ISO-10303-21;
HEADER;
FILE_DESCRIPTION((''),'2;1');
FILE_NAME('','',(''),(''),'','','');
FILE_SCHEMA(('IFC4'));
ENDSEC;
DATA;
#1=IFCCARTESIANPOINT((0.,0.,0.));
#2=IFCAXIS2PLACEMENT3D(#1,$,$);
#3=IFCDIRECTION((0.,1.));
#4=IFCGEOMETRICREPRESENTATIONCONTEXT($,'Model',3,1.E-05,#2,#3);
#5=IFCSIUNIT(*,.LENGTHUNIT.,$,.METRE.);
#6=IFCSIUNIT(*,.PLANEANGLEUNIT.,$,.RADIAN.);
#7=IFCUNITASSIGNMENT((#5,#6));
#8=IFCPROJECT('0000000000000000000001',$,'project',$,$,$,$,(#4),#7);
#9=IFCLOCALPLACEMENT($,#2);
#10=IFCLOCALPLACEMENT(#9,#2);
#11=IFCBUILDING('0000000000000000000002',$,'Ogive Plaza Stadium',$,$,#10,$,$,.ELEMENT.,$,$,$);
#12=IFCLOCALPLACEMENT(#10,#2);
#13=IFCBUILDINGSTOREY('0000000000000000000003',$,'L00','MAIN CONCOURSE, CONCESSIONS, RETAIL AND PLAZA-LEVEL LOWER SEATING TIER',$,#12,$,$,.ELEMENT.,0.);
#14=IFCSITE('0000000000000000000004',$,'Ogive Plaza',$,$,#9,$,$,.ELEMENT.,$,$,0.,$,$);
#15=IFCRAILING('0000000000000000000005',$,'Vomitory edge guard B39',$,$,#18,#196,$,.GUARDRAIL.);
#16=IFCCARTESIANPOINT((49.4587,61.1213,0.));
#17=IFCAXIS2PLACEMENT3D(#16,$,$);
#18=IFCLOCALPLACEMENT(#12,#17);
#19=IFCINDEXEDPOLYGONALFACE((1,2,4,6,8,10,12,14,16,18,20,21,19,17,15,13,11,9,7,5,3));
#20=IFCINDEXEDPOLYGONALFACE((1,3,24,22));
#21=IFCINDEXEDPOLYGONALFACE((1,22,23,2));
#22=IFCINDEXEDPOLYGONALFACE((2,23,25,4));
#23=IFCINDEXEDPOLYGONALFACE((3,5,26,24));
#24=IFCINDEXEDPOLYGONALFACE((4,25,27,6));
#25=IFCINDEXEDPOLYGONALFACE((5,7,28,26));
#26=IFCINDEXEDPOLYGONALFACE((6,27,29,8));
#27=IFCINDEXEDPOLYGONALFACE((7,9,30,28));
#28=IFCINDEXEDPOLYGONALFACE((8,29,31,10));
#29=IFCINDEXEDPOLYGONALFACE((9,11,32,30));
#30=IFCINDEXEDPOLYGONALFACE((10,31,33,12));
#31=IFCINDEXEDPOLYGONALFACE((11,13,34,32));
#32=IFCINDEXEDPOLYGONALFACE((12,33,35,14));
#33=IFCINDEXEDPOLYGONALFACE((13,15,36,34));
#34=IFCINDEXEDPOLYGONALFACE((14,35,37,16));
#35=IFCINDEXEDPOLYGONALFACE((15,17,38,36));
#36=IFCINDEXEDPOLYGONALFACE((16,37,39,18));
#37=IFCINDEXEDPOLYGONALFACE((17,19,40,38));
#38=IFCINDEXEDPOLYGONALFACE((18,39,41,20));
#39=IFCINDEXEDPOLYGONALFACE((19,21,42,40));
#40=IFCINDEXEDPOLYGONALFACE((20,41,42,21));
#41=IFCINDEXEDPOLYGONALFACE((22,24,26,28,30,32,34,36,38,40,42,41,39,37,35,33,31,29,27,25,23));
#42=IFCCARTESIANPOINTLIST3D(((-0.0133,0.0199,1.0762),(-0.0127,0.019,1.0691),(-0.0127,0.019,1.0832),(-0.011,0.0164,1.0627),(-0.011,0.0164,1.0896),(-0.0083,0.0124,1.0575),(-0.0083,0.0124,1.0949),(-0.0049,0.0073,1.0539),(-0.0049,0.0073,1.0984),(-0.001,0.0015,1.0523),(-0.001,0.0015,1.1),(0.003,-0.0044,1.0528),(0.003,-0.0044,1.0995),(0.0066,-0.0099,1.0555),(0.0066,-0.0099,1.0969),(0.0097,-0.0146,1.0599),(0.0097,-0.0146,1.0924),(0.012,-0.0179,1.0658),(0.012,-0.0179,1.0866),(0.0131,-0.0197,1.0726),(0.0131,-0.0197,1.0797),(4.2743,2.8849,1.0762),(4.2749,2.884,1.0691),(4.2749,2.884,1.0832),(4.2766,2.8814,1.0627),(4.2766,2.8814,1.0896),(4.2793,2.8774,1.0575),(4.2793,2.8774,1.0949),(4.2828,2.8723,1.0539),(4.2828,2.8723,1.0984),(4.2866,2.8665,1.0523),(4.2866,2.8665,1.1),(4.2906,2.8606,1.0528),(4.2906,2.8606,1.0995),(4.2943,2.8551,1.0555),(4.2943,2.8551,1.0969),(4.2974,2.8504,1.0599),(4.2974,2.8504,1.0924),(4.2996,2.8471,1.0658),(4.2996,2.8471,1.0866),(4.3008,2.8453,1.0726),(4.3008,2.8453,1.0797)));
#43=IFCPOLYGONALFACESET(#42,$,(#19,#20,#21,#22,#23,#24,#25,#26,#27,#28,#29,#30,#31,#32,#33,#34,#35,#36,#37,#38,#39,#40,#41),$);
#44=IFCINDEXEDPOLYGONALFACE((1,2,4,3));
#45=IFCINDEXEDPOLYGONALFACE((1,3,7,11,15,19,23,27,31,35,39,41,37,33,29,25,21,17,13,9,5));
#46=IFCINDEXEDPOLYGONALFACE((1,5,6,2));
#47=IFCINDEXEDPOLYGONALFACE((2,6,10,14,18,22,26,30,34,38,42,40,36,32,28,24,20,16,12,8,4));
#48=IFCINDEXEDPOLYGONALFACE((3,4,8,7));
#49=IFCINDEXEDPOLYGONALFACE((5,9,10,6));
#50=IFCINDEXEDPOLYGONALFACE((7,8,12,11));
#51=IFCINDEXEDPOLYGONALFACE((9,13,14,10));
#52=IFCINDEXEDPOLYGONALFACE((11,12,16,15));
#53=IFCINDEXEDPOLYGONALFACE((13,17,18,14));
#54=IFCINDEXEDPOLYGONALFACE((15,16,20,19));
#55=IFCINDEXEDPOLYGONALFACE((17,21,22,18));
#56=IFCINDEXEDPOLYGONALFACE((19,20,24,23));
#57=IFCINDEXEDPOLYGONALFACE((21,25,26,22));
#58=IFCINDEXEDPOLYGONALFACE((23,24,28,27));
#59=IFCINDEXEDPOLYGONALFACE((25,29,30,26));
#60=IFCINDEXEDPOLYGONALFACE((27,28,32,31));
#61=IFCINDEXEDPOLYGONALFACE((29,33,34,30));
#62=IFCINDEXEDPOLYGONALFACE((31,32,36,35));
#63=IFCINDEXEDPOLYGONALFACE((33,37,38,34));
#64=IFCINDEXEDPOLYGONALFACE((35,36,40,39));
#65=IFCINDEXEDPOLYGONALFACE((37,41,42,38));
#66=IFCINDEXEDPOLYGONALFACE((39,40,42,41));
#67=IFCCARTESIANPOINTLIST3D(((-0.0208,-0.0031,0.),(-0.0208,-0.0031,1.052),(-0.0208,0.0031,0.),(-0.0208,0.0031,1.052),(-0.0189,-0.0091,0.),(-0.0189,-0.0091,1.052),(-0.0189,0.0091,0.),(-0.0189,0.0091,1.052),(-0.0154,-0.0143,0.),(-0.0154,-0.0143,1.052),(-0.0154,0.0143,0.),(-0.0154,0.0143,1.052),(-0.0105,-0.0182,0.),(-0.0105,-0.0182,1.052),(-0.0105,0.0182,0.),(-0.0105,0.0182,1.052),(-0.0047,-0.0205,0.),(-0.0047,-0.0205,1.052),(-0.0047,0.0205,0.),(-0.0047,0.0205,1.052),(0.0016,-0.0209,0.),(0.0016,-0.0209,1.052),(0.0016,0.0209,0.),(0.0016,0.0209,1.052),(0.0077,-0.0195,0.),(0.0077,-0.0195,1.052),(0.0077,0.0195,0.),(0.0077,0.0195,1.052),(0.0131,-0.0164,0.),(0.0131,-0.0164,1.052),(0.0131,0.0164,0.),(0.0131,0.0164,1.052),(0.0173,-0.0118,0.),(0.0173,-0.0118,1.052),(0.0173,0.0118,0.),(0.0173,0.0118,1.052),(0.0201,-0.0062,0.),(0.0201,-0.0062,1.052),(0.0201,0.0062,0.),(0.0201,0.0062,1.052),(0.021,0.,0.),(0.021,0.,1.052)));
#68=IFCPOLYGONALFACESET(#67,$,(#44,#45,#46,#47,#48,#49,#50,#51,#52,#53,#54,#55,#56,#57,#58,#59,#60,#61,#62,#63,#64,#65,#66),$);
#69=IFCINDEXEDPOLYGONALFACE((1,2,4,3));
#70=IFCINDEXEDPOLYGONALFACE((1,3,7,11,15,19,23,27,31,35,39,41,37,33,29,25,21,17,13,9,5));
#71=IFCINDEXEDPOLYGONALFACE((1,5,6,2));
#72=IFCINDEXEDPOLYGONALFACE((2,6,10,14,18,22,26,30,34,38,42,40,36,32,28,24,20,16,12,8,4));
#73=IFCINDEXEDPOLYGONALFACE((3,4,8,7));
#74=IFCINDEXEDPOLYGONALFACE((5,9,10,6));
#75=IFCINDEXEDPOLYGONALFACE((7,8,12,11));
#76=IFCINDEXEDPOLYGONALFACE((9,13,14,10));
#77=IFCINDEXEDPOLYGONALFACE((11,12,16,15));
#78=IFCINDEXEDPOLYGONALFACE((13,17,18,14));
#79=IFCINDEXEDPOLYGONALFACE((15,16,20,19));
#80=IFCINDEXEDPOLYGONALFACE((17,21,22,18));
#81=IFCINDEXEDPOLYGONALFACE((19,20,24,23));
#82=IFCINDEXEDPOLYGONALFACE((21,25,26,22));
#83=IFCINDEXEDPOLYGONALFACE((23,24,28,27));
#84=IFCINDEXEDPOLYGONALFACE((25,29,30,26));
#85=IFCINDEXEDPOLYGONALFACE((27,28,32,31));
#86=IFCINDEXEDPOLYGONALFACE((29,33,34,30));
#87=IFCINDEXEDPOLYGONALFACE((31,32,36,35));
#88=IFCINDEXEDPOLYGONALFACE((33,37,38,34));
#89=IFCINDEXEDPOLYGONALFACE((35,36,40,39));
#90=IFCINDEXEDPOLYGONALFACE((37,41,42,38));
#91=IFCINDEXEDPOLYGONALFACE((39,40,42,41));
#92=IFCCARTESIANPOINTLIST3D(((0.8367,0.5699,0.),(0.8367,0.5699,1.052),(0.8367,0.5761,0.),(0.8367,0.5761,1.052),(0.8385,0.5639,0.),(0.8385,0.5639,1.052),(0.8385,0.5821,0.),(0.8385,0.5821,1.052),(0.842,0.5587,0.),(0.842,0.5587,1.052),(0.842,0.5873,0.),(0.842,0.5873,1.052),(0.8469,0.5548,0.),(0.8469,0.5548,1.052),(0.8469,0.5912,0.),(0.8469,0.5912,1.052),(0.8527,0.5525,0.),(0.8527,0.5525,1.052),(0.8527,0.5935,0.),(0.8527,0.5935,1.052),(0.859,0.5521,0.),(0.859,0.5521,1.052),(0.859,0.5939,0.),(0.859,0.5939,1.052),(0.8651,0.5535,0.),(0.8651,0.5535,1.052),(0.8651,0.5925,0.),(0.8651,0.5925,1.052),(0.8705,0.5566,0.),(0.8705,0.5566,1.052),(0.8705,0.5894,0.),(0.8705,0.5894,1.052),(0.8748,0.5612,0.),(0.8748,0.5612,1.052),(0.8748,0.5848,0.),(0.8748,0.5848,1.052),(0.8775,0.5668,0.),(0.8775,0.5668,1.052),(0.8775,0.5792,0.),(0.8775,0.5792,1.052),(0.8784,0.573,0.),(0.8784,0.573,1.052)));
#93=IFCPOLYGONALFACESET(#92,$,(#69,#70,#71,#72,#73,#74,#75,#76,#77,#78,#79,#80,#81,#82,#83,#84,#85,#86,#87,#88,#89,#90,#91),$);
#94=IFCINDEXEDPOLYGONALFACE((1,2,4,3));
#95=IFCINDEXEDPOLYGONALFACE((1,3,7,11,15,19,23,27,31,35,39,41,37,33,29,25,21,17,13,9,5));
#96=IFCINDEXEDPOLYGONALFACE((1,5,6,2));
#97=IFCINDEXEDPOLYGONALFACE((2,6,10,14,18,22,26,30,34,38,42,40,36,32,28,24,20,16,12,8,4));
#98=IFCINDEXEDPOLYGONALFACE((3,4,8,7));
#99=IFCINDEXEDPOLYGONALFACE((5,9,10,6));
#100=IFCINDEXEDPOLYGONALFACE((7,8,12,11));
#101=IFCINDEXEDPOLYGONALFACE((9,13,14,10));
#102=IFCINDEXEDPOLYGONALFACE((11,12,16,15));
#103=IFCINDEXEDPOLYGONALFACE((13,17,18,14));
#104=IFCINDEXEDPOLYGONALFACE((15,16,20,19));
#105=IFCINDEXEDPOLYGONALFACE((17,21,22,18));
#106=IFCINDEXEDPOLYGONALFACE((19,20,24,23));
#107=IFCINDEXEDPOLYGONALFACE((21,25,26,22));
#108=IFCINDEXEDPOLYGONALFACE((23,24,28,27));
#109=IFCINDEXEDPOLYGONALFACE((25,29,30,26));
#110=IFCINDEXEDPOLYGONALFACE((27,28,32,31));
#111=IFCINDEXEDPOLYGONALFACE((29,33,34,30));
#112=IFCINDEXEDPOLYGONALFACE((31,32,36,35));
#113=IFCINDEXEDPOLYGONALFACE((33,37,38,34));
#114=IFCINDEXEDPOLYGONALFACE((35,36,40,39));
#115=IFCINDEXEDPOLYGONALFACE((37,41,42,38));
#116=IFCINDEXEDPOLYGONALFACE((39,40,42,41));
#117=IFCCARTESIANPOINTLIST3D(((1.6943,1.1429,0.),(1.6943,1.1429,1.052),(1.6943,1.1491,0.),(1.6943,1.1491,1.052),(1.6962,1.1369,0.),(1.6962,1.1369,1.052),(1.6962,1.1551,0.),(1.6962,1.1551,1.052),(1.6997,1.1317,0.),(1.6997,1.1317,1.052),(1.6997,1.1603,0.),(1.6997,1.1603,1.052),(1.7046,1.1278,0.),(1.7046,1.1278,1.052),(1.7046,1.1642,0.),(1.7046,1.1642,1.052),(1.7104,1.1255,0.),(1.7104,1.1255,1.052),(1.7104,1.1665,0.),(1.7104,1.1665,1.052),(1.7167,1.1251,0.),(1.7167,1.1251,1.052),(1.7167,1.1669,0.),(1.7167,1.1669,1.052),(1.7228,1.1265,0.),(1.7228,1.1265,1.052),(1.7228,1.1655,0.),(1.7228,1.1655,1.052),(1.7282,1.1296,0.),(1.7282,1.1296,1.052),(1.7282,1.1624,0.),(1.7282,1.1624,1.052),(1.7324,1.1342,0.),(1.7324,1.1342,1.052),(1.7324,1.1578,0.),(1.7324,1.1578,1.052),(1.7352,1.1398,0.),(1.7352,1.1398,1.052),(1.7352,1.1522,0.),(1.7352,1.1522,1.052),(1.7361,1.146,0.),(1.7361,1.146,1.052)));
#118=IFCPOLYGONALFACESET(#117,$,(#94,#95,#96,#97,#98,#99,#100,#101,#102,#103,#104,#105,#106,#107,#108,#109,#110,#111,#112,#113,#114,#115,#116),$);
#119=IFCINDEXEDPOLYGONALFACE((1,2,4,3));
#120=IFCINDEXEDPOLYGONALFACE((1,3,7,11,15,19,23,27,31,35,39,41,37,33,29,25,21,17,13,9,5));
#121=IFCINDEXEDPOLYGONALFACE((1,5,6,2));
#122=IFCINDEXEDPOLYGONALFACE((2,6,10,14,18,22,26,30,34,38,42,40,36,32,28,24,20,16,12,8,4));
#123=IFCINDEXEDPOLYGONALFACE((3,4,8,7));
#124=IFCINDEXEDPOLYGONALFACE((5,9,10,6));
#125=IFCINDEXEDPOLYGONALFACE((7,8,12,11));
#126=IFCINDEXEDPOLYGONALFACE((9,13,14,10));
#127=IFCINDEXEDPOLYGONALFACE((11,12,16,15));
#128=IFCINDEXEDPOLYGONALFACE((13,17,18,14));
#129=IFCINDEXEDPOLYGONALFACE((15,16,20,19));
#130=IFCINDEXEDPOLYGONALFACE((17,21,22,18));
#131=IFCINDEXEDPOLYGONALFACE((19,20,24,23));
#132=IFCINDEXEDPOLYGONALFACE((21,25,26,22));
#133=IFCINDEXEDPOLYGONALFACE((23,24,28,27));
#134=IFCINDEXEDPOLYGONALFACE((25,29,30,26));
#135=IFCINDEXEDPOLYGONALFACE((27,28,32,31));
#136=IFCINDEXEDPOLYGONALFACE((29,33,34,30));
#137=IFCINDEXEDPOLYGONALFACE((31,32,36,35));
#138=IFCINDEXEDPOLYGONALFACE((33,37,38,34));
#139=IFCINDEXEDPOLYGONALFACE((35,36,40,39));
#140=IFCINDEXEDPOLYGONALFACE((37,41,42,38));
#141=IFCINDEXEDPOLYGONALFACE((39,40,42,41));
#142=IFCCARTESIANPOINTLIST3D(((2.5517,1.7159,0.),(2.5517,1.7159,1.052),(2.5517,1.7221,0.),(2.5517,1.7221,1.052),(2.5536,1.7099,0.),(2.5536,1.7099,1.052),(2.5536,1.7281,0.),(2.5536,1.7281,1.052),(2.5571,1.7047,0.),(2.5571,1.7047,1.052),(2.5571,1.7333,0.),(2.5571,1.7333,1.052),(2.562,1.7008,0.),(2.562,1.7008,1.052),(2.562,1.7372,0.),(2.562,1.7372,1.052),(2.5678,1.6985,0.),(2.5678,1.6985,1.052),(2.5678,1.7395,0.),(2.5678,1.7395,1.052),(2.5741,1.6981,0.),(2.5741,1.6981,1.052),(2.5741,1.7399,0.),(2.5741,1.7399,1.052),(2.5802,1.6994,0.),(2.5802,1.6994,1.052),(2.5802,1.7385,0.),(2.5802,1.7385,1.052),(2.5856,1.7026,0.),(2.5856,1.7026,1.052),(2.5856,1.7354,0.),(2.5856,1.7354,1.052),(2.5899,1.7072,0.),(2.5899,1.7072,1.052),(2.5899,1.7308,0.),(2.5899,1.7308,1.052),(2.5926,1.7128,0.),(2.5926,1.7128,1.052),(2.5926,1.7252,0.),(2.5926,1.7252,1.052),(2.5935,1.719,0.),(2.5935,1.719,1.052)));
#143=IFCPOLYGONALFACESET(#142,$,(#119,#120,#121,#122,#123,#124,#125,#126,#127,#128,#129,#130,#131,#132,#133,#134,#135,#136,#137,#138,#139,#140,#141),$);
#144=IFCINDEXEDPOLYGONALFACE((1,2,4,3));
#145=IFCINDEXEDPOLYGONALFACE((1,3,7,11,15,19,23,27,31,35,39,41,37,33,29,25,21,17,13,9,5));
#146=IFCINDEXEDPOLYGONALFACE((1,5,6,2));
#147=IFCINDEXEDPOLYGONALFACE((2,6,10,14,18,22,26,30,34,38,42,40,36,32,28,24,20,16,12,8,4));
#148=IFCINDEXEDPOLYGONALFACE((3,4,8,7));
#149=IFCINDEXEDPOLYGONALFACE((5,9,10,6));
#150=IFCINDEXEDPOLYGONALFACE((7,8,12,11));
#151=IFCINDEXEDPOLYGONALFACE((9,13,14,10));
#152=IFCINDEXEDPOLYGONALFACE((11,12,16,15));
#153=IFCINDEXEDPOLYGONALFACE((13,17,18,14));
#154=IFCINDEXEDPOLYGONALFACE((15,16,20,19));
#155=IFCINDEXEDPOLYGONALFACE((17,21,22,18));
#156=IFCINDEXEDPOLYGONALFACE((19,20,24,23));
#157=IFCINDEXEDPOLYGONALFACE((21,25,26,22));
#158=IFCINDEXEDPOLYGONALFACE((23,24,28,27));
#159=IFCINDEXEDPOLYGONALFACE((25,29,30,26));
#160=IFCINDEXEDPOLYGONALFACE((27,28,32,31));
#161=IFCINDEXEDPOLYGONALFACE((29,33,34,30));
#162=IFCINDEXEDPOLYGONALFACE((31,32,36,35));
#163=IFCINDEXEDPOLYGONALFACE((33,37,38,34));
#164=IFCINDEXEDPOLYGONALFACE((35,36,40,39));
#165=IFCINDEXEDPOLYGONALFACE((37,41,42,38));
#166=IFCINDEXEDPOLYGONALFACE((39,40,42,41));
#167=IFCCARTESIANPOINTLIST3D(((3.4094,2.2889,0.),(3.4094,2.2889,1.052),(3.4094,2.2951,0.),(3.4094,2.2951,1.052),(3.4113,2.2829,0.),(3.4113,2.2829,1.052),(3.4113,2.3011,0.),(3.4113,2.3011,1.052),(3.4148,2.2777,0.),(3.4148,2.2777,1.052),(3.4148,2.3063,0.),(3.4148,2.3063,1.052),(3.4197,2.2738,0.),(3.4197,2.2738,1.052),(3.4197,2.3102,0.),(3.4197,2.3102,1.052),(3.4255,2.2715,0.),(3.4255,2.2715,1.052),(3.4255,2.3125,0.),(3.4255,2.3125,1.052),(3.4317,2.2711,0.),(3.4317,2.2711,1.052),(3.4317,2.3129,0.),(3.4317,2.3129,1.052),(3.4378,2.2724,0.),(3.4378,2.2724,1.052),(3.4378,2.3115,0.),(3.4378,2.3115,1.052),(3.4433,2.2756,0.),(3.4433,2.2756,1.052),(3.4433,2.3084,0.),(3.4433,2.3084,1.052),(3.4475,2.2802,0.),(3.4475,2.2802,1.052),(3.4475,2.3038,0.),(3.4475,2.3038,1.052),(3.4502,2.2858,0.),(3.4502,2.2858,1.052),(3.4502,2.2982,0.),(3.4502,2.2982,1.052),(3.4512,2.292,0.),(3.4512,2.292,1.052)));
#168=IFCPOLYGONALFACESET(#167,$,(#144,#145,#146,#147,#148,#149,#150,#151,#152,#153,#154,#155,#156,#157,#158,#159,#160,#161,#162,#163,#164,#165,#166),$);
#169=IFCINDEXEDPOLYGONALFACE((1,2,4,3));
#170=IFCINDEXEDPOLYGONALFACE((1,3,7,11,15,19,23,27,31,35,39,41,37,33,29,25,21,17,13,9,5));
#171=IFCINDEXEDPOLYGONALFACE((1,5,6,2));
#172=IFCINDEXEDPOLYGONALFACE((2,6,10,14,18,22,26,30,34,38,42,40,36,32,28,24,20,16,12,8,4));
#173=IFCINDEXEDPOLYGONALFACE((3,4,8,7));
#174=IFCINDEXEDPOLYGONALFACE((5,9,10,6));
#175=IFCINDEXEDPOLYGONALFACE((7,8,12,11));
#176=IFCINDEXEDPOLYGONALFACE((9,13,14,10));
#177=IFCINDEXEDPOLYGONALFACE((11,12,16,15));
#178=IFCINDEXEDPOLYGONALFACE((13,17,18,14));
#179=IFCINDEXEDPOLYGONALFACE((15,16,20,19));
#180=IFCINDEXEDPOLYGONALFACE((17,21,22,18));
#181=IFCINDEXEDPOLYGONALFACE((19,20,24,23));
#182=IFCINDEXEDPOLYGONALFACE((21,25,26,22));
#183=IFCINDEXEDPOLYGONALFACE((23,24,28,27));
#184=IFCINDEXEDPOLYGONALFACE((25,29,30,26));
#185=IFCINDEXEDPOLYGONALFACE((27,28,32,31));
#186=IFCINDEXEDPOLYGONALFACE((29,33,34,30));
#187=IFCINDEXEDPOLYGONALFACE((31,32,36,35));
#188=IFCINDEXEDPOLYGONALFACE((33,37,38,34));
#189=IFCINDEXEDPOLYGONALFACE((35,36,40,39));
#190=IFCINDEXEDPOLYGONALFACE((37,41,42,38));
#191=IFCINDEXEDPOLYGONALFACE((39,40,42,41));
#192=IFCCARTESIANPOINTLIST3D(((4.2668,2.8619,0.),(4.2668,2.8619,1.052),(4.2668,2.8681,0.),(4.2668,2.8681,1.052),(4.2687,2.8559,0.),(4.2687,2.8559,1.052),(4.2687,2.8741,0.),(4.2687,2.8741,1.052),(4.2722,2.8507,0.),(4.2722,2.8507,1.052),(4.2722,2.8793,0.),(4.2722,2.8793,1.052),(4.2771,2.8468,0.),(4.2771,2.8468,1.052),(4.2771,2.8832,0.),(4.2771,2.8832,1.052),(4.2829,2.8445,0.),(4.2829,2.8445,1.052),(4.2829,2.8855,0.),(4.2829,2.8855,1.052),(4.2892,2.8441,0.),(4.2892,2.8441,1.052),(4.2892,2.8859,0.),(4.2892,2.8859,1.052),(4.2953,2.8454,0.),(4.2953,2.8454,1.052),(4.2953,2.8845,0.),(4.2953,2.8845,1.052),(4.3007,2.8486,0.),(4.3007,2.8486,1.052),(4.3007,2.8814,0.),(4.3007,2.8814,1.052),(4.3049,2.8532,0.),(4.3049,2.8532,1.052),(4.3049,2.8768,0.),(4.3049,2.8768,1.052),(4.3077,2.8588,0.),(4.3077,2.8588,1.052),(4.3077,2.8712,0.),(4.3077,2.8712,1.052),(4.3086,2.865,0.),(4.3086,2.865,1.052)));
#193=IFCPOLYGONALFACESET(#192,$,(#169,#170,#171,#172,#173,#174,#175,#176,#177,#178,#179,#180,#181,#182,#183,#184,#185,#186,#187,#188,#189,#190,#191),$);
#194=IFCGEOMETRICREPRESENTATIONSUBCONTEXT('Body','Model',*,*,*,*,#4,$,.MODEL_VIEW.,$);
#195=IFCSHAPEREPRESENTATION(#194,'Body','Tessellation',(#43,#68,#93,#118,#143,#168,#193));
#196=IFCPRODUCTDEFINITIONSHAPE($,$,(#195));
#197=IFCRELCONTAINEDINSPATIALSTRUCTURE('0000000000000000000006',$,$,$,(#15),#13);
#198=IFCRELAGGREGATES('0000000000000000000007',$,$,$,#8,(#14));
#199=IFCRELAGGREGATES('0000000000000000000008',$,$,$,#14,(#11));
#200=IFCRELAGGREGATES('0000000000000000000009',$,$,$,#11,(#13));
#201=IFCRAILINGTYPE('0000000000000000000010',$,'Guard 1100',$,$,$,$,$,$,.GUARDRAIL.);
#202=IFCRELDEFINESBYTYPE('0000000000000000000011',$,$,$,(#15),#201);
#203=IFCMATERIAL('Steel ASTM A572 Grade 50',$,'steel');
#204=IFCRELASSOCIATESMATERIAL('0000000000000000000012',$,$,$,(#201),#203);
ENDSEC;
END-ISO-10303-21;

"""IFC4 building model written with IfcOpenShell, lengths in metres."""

from ifc_helpers import new_model, si_unit, direction, frame, origin, origin_2d, place, context, subcontext, project, spatial, circle, extrude, material, type_object, element, save


model = new_model("IFC4")

# Units and contexts
model_context = context("Model", 3, precision=1e-05, world=origin(), true_north=direction((0.0, 1.0)))
body_context = subcontext(model_context, "Body", "Model", "MODEL_VIEW")
ifc_project = project(units=[si_unit("LENGTHUNIT", "METRE"), si_unit("PLANEANGLEUNIT", "RADIAN")], contexts=[model_context])

# Site, building, storey
site_placement = place(None, origin())
site = spatial("IfcSite", under=ifc_project, at=site_placement, Name="Ogive Plaza", CompositionType="ELEMENT", RefElevation=0.0)
building_placement = place(site_placement, origin())
building = spatial("IfcBuilding", under=site, at=building_placement, Name="Ogive Plaza Stadium", CompositionType="ELEMENT")
storey_placement = place(building_placement, origin())
storey = spatial("IfcBuildingStorey", under=building, at=storey_placement, Name="L00", Description="MAIN CONCOURSE, CONCESSIONS, RETAIL AND PLAZA-LEVEL LOWER SEATING TIER", CompositionType="ELEMENT", Elevation=0.0)

# Railing
ifc_material_1 = material(Name="Steel ASTM A572 Grade 50", Category="steel")
railing_type = type_object("IfcRailingType", Name="Guard 1100", PredefinedType="GUARDRAIL", material=ifc_material_1)
railing_placement = place(storey_placement, frame((49.4587, 61.1213, 0.0)))
element("IfcRailing", 1, at=railing_placement, inside=storey, type_object=railing_type, Name="Vomitory edge guard B39", PredefinedType="GUARDRAIL", context=body_context, shape_type="SweptSolid", body=[
    extrude(circle(Radius=0.0239, at=origin_2d()), frame((0.0, 0.0, 1.0762), z_axis=(0.83146, 0.555585, 0.0), x_axis=(-0.555585, 0.83146, 0.0)), (0.0, 0.0, 1.0), 5.1567),
    extrude(circle(Radius=0.021, at=origin_2d()), origin(), (0.0, 0.0, 1.0), 1.052),
    extrude(circle(Radius=0.021, at=origin_2d()), frame((0.8574, 0.573, 0.0)), (0.0, 0.0, 1.0), 1.052),
    extrude(circle(Radius=0.021, at=origin_2d()), frame((1.7151, 1.146, 0.0)), (0.0, 0.0, 1.0), 1.052),
    extrude(circle(Radius=0.021, at=origin_2d()), frame((2.5725, 1.719, 0.0)), (0.0, 0.0, 1.0), 1.052),
    extrude(circle(Radius=0.021, at=origin_2d()), frame((3.4302, 2.292, 0.0)), (0.0, 0.0, 1.0), 1.052),
    extrude(circle(Radius=0.021, at=origin_2d()), frame((4.2876, 2.865, 0.0)), (0.0, 0.0, 1.0), 1.052),
])

save(model, "model.ifc")
